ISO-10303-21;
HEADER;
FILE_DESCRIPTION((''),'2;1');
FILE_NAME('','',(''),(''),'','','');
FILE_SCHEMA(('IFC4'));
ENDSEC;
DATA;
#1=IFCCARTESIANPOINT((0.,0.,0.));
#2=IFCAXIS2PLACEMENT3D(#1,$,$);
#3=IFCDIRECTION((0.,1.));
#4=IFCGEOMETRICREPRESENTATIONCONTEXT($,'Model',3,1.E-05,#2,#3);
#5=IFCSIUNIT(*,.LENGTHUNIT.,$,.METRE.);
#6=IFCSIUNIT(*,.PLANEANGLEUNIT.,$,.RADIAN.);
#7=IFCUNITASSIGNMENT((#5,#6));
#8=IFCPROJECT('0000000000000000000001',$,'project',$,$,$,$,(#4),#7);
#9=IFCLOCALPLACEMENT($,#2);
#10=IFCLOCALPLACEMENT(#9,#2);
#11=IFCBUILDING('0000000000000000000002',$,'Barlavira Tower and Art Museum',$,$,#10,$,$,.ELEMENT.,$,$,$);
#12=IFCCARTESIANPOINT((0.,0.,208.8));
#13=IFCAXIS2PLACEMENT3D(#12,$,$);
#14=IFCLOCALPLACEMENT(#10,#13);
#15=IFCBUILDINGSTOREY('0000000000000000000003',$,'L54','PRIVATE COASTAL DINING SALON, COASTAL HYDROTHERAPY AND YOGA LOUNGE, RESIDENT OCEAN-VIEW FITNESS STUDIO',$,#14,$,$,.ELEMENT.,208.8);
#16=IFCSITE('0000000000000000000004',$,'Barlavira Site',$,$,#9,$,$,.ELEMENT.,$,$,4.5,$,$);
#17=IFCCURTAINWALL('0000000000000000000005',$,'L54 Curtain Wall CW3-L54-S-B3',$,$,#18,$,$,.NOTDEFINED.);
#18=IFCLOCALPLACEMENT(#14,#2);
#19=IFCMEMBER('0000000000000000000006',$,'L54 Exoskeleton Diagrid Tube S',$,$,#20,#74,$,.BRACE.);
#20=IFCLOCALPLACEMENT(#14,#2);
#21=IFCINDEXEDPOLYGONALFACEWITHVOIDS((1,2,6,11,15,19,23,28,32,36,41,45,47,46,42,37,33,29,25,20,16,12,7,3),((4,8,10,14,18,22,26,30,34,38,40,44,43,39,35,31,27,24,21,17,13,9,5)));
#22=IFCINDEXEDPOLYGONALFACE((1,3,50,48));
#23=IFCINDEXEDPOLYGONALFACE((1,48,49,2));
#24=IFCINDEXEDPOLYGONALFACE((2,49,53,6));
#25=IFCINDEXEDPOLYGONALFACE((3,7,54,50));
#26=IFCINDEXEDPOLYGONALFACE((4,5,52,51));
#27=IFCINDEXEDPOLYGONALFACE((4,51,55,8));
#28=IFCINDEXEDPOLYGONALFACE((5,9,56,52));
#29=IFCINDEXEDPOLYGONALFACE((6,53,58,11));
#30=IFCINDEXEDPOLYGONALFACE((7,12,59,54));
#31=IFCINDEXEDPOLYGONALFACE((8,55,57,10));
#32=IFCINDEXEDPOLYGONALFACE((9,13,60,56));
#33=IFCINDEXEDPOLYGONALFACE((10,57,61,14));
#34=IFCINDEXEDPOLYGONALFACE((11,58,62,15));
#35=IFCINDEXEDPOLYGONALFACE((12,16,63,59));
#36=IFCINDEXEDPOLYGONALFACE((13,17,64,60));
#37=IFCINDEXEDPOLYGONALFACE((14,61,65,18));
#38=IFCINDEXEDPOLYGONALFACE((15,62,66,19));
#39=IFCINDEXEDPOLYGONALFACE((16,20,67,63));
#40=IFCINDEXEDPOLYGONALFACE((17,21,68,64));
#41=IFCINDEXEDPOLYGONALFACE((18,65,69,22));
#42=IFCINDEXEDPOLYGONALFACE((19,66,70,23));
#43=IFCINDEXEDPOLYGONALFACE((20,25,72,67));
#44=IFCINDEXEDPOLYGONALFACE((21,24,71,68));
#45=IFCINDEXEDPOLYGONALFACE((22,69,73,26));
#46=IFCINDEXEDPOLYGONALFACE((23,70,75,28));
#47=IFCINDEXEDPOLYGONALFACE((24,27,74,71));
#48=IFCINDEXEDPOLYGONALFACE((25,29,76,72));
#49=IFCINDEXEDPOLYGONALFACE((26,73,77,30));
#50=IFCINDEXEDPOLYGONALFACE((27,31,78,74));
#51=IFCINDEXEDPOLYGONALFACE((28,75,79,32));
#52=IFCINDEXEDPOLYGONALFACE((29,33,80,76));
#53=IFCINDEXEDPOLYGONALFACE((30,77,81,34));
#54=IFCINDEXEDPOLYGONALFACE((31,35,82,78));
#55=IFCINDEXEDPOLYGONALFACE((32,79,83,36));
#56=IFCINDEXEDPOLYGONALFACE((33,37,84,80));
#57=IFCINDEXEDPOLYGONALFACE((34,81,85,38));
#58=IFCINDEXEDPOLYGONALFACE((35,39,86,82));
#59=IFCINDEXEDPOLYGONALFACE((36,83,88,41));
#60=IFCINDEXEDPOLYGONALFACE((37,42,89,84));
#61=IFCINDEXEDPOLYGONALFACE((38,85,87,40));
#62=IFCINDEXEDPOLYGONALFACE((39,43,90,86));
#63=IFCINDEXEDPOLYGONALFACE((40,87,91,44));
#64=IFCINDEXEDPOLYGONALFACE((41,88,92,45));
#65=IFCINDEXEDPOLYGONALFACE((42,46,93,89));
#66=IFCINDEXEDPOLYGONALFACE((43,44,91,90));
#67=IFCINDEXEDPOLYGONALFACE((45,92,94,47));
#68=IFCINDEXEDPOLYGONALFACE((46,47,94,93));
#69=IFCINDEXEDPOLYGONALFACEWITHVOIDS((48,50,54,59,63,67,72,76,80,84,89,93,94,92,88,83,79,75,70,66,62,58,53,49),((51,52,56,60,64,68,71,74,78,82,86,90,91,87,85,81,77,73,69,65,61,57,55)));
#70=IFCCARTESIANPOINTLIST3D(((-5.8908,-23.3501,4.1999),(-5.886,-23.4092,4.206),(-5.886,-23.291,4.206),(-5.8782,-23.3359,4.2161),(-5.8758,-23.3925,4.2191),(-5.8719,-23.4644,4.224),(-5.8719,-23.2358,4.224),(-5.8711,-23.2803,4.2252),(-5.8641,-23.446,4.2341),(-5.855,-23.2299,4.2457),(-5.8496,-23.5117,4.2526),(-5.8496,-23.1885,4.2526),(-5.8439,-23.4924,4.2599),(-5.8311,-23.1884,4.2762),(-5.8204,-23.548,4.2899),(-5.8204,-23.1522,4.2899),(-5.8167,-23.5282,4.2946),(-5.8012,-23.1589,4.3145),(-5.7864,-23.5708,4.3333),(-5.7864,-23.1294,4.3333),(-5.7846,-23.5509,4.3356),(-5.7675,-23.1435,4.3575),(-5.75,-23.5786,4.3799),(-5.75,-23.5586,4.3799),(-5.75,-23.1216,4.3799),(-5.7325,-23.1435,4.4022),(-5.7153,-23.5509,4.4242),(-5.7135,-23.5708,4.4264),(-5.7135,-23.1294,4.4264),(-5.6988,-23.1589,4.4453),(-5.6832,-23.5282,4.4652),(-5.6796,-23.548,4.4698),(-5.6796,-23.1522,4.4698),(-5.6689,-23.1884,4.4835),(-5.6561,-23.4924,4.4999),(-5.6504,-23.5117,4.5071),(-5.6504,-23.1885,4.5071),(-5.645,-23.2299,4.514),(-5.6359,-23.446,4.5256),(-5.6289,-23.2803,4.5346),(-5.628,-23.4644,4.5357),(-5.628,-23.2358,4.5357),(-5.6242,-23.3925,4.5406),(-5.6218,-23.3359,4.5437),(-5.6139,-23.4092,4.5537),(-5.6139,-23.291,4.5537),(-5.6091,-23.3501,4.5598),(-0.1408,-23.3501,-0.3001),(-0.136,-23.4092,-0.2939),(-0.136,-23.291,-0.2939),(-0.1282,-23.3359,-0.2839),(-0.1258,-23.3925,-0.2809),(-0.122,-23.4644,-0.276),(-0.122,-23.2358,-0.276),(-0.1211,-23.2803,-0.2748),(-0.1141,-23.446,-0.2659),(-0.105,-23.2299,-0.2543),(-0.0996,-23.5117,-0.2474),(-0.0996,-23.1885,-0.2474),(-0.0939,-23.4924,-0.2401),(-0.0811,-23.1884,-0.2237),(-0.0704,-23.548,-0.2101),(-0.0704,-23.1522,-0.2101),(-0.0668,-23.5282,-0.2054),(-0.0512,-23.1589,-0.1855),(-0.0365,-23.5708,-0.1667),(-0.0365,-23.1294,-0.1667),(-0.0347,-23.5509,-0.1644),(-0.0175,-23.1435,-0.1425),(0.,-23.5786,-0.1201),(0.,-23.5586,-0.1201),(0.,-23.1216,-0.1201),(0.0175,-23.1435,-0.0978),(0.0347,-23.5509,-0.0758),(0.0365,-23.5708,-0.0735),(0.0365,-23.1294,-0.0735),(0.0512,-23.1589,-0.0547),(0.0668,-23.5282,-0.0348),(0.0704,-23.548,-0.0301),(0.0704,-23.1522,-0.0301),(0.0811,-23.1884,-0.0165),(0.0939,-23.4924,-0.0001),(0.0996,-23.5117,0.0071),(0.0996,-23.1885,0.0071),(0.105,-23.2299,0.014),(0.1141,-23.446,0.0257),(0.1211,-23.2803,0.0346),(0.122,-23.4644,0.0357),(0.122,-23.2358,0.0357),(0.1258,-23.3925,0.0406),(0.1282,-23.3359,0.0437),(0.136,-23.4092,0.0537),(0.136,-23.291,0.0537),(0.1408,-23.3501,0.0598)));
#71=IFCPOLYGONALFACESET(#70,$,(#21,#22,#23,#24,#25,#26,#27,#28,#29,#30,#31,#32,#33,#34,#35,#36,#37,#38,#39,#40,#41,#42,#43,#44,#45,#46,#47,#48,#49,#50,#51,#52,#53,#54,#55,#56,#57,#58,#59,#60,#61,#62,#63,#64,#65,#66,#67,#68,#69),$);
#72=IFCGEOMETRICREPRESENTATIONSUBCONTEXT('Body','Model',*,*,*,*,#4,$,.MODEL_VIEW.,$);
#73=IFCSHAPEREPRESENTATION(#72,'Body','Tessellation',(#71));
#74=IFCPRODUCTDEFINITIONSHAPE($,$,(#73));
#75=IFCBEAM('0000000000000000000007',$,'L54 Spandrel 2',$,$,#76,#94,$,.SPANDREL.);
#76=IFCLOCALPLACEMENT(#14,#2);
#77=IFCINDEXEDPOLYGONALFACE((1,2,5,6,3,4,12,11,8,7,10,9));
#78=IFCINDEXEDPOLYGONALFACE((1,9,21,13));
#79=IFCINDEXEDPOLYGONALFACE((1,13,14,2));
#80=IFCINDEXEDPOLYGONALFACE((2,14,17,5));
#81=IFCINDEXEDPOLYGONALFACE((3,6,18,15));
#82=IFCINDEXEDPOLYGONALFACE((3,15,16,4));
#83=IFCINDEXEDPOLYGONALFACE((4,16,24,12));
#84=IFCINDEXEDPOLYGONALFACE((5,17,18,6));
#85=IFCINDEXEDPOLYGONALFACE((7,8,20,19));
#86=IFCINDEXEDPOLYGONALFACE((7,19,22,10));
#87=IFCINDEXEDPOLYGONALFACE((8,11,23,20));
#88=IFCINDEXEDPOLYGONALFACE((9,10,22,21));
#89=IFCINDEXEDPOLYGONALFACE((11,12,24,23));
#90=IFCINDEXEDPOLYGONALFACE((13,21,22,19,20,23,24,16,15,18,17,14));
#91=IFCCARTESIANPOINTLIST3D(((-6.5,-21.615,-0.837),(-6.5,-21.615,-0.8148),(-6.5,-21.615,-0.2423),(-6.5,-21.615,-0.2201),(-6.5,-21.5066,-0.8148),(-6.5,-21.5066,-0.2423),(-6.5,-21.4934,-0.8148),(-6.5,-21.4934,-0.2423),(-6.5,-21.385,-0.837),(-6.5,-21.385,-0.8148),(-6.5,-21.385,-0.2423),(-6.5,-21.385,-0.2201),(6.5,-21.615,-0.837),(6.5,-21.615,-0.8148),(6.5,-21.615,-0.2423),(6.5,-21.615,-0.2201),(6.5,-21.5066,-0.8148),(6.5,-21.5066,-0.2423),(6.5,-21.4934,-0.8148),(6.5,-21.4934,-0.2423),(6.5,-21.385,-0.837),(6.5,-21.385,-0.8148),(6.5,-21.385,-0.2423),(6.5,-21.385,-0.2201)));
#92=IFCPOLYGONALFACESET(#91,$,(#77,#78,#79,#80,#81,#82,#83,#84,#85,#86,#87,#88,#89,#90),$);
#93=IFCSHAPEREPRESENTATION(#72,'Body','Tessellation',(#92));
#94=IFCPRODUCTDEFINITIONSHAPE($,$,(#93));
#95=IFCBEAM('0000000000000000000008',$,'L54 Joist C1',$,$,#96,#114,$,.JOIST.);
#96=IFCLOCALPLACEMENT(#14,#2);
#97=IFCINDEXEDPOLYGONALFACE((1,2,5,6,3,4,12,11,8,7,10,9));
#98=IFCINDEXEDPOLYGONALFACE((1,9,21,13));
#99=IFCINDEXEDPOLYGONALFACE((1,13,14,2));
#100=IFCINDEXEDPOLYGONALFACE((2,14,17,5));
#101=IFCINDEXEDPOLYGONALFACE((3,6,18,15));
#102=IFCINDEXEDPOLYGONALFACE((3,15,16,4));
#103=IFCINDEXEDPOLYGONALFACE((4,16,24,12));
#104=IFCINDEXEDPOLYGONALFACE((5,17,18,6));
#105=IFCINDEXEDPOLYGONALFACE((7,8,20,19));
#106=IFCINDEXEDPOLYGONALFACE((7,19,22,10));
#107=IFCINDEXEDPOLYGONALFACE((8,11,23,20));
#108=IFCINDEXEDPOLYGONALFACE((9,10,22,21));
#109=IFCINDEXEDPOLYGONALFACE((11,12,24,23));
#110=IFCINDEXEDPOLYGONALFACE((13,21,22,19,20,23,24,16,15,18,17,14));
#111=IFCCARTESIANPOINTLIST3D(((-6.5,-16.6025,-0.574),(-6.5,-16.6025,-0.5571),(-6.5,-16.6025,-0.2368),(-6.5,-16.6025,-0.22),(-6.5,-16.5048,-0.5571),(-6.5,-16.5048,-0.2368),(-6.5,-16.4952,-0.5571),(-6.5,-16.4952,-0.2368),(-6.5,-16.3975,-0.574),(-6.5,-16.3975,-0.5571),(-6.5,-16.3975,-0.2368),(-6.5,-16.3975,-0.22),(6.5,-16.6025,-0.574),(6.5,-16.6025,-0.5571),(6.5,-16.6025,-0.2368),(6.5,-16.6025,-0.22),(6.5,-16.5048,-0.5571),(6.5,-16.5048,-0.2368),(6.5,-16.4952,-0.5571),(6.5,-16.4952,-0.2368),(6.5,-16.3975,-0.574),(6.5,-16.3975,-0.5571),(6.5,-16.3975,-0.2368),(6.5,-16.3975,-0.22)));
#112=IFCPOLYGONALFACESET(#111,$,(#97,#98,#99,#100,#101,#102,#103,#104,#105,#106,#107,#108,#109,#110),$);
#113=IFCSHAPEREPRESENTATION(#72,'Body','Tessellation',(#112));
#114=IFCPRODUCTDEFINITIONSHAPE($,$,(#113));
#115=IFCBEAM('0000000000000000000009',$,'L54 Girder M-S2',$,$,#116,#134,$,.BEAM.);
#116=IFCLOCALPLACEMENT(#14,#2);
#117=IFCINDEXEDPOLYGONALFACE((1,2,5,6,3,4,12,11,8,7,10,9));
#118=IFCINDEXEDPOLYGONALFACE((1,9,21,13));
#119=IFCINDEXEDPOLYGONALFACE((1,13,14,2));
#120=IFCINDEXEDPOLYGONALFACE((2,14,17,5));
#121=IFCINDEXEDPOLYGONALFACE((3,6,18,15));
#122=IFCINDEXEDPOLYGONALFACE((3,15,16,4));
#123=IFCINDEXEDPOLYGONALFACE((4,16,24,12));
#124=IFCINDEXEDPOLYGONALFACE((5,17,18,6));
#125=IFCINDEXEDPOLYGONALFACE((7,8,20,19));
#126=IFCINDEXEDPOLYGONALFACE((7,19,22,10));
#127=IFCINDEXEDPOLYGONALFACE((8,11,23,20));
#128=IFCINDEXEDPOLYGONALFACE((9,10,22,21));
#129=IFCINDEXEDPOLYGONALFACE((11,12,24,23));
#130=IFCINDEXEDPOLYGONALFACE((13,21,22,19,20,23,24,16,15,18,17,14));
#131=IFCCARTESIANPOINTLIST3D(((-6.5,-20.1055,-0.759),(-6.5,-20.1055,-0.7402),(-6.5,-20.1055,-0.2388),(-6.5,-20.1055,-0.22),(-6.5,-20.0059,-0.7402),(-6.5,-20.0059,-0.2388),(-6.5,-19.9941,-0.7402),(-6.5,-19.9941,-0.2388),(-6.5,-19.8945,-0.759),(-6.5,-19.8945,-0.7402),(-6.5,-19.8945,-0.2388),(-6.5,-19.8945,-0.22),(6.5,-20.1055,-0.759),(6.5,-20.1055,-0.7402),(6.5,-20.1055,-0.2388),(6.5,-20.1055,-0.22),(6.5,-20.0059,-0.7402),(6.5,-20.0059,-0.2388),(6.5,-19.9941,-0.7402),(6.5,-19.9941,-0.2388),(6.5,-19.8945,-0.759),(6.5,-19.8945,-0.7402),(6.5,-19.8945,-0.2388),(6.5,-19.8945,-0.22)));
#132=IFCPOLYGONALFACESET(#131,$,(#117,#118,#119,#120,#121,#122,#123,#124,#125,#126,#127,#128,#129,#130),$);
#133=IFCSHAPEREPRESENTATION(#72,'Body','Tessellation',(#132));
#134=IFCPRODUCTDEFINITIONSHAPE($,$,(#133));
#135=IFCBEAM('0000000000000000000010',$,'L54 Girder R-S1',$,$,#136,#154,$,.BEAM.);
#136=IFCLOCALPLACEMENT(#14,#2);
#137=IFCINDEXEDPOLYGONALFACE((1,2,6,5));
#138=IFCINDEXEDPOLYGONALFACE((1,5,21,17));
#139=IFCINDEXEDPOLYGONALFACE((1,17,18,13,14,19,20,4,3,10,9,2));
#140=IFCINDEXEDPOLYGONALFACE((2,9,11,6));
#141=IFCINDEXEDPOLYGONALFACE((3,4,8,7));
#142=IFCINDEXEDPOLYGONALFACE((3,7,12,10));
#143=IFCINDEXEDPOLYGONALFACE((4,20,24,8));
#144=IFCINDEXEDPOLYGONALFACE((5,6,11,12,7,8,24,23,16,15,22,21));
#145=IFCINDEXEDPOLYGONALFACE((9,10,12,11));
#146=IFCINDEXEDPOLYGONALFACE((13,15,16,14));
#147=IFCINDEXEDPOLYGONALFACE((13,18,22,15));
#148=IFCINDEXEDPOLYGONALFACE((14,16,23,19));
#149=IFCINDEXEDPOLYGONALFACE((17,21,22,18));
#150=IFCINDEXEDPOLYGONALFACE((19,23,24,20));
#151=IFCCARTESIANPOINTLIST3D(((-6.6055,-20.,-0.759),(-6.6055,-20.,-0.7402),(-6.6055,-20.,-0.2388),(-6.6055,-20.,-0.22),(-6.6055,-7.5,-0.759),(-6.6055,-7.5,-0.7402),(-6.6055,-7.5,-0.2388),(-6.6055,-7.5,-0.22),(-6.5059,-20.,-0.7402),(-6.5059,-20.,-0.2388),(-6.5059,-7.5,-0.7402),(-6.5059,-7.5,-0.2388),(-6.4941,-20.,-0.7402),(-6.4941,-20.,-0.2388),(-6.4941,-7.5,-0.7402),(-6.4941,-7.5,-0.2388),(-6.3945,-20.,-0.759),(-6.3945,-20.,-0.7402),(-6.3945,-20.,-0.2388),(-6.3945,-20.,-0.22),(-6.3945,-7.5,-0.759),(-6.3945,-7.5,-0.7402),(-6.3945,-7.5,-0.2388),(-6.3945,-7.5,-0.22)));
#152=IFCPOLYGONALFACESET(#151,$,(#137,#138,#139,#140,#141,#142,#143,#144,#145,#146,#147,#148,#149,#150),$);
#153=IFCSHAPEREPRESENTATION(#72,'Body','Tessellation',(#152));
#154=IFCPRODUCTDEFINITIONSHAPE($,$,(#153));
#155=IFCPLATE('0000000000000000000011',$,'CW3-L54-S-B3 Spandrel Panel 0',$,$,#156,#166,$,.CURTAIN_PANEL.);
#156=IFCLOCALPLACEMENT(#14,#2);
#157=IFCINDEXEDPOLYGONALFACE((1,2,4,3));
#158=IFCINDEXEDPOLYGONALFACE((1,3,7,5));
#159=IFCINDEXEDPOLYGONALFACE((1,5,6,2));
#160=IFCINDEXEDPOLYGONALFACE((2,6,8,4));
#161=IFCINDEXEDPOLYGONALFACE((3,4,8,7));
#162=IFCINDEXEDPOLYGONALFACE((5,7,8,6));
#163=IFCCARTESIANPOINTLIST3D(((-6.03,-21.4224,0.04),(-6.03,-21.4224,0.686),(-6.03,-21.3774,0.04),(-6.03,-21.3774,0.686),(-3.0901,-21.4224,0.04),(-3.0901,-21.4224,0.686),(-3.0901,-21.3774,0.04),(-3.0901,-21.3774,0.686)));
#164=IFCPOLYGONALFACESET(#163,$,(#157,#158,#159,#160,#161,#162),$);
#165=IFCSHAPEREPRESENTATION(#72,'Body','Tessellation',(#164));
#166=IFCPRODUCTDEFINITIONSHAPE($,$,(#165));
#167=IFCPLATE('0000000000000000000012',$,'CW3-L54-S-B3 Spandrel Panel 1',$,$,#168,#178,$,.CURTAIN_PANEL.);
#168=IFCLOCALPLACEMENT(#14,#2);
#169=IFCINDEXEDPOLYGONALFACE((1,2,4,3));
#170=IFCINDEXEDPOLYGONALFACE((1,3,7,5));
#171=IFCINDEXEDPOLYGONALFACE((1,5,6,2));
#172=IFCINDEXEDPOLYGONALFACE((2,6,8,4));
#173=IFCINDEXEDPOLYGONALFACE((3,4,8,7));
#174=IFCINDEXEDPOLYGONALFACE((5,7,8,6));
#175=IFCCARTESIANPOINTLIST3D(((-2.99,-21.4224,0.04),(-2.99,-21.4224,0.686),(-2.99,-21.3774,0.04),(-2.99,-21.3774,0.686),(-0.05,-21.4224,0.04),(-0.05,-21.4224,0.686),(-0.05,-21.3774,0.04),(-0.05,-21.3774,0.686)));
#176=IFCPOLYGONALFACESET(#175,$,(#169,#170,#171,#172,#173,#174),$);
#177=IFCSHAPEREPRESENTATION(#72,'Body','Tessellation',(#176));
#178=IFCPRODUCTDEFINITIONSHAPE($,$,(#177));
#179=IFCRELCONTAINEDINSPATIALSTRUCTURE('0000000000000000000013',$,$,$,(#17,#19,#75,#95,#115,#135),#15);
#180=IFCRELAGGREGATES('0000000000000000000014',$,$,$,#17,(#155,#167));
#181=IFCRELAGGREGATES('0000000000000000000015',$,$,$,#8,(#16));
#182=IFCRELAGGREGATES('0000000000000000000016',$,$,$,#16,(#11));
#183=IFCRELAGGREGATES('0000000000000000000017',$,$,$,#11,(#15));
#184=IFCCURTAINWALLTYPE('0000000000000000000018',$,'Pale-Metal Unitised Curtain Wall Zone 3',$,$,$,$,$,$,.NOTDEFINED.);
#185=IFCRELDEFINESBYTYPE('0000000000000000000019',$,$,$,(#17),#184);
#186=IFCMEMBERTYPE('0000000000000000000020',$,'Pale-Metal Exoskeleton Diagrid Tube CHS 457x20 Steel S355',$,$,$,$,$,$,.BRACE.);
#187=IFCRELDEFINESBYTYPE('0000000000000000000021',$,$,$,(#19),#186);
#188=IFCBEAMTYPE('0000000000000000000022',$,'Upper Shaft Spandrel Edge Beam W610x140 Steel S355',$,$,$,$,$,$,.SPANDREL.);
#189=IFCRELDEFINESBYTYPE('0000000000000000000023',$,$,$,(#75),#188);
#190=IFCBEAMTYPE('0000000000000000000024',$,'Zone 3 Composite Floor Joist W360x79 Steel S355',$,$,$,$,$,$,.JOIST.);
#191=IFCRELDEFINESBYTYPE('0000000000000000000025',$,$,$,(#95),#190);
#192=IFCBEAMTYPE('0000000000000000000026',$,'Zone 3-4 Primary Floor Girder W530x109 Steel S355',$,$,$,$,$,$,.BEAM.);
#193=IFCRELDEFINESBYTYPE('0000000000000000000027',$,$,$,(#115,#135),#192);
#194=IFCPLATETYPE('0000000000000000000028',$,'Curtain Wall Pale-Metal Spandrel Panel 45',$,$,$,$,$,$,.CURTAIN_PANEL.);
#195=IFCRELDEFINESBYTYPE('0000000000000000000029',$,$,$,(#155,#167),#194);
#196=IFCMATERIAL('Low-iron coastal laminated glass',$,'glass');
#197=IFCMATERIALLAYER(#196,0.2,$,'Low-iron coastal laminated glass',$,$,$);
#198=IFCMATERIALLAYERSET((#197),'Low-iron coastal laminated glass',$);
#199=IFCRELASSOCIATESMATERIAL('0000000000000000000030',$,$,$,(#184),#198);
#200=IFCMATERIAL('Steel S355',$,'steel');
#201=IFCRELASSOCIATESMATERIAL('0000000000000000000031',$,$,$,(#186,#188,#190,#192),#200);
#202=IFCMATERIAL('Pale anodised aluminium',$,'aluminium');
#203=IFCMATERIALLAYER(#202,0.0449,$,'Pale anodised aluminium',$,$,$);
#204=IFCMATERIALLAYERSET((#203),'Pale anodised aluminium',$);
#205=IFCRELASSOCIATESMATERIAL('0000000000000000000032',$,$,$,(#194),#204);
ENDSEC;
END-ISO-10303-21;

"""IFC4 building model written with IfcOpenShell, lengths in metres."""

from ifc_helpers import new_model, si_unit, direction, frame, origin, origin_2d, place, context, subcontext, project, spatial, rectangle, hollow_circle, i_section, extrude, material, layer, layer_set, material_profile, profile_set, type_object, element, aggregate, save


model = new_model("IFC4")

# Units and contexts
model_context = context("Model", 3, precision=1e-05, world=origin(), true_north=direction((0.0, 1.0)))
body_context = subcontext(model_context, "Body", "Model", "MODEL_VIEW")
ifc_project = project(units=[si_unit("LENGTHUNIT", "METRE"), si_unit("PLANEANGLEUNIT", "RADIAN")], contexts=[model_context])

# Site, building, storey
site_placement = place(None, origin())
site = spatial("IfcSite", under=ifc_project, at=site_placement, Name="Barlavira Site", CompositionType="ELEMENT", RefElevation=4.5)
building_placement = place(site_placement, origin())
building = spatial("IfcBuilding", under=site, at=building_placement, Name="Barlavira Tower and Art Museum", CompositionType="ELEMENT")
storey_placement = place(building_placement, frame((0.0, 0.0, 208.8)))
storey = spatial("IfcBuildingStorey", under=building, at=storey_placement, Name="L54", Description="PRIVATE COASTAL DINING SALON, COASTAL HYDROTHERAPY AND YOGA LOUNGE, RESIDENT OCEAN-VIEW FITNESS STUDIO", CompositionType="ELEMENT", Elevation=208.8)

# Curtain wall
ifc_material_1 = material(Name="Low-iron coastal laminated glass", Category="glass")
ifc_layer_1 = layer(ifc_material_1, 0.2, Name="Low-iron coastal laminated glass")
ifc_layer_set_1 = layer_set([ifc_layer_1], Name="Low-iron coastal laminated glass")
curtain_wall_type = type_object("IfcCurtainWallType", Name="Pale-Metal Unitised Curtain Wall Zone 3", PredefinedType="NOTDEFINED", material=ifc_layer_set_1)
curtain_wall_placement = place(storey_placement, origin())
curtain_wall = element("IfcCurtainWall", 1, at=curtain_wall_placement, inside=storey, type_object=curtain_wall_type, Name="L54 Curtain Wall CW3-L54-S-B3", PredefinedType="NOTDEFINED")
ifc_material_2 = material(Name="Pale anodised aluminium", Category="aluminium")

# Member
ifc_material_3 = material(Name="Steel S355", Category="steel")
ifc_material_profile_1 = material_profile(ifc_material_3, hollow_circle(Radius=0.2285, WallThickness=0.02, at=origin_2d()), Name="CHS 457.0x20.0")
ifc_profile_set_1 = profile_set([ifc_material_profile_1], Name="Steel S355")
member_type_1 = type_object("IfcMemberType", Name="Pale-Metal Exoskeleton Diagrid Tube CHS 457x20 Steel S355", PredefinedType="BRACE", material=ifc_profile_set_1)
member_1_placement = place(storey_placement, frame((0.0, -23.3501, -0.1201), z_axis=(-0.787505, 0.0, 0.616308), x_axis=(0.0, -1.0, 0.0)))
element("IfcMember", 2, at=member_1_placement, inside=storey, type_object=member_type_1, Name="L54 Exoskeleton Diagrid Tube S", PredefinedType="BRACE", context=body_context, shape_type="SweptSolid", body=[
    extrude(hollow_circle(Radius=0.2285, WallThickness=0.02, at=origin_2d()), origin(), (0.0, 0.0, 1.0), 7.3015),
])

# Beams
ifc_material_profile_2 = material_profile(ifc_material_3, i_section(OverallWidth=0.23, OverallDepth=0.6169, WebThickness=0.0132, FlangeThickness=0.0222, at=origin_2d()), Name="W610x140.0")
ifc_profile_set_2 = profile_set([ifc_material_profile_2], Name="Steel S355")
beam_type_1 = type_object("IfcBeamType", Name="Upper Shaft Spandrel Edge Beam W610x140 Steel S355", PredefinedType="SPANDREL", material=ifc_profile_set_2)
beam_1_placement = place(storey_placement, frame((-6.5, -21.5, -0.5286), z_axis=(1.0, 0.0, 0.0), x_axis=(0.0, 1.0, 0.0)))
element("IfcBeam", 3, at=beam_1_placement, inside=storey, type_object=beam_type_1, Name="L54 Spandrel 2", PredefinedType="SPANDREL", context=body_context, shape_type="SweptSolid", body=[
    extrude(i_section(OverallWidth=0.23, OverallDepth=0.6169, WebThickness=0.0132, FlangeThickness=0.0222, at=origin_2d()), origin(), (0.0, 0.0, 1.0), 13.0),
])
ifc_material_profile_3 = material_profile(ifc_material_3, i_section(OverallWidth=0.2051, OverallDepth=0.354, WebThickness=0.0095, FlangeThickness=0.0168, at=origin_2d()), Name="W360x79.0")
ifc_profile_set_3 = profile_set([ifc_material_profile_3], Name="Steel S355")
beam_type_2 = type_object("IfcBeamType", Name="Zone 3 Composite Floor Joist W360x79 Steel S355", PredefinedType="JOIST", material=ifc_profile_set_3)
beam_2_placement = place(storey_placement, frame((-6.5, -16.5, -0.397), z_axis=(1.0, 0.0, 0.0), x_axis=(0.0, 1.0, 0.0)))
element("IfcBeam", 4, at=beam_2_placement, inside=storey, type_object=beam_type_2, Name="L54 Joist C1", PredefinedType="JOIST", context=body_context, shape_type="SweptSolid", body=[
    extrude(i_section(OverallWidth=0.2051, OverallDepth=0.354, WebThickness=0.0095, FlangeThickness=0.0168, at=origin_2d()), origin(), (0.0, 0.0, 1.0), 13.0),
])
ifc_material_profile_4 = material_profile(ifc_material_3, i_section(OverallWidth=0.2109, OverallDepth=0.5391, WebThickness=0.0117, FlangeThickness=0.0188, at=origin_2d()), Name="W530x109.0")
ifc_profile_set_4 = profile_set([ifc_material_profile_4], Name="Steel S355")
beam_type_3 = type_object("IfcBeamType", Name="Zone 3-4 Primary Floor Girder W530x109 Steel S355", PredefinedType="BEAM", material=ifc_profile_set_4)
beam_3_placement = place(storey_placement, frame((-6.5, -20.0, -0.4895), z_axis=(1.0, 0.0, 0.0), x_axis=(0.0, 1.0, 0.0)))
element("IfcBeam", 5, at=beam_3_placement, inside=storey, type_object=beam_type_3, Name="L54 Girder M-S2", PredefinedType="BEAM", context=body_context, shape_type="SweptSolid", body=[
    extrude(i_section(OverallWidth=0.2109, OverallDepth=0.5391, WebThickness=0.0117, FlangeThickness=0.0188, at=origin_2d()), origin(), (0.0, 0.0, 1.0), 13.0),
])
beam_4_placement = place(storey_placement, frame((-6.5, -20.0, -0.4895), z_axis=(0.0, 1.0, 0.0), x_axis=(-1.0, 0.0, 0.0)))
element("IfcBeam", 6, at=beam_4_placement, inside=storey, type_object=beam_type_3, Name="L54 Girder R-S1", PredefinedType="BEAM", context=body_context, shape_type="SweptSolid", body=[
    extrude(i_section(OverallWidth=0.2109, OverallDepth=0.5391, WebThickness=0.0117, FlangeThickness=0.0188, at=origin_2d()), origin(), (0.0, 0.0, 1.0), 12.5),
])

# Plates
ifc_layer_2 = layer(ifc_material_2, 0.0449, Name="Pale anodised aluminium")
ifc_layer_set_2 = layer_set([ifc_layer_2], Name="Pale anodised aluminium")
plate_type_1 = type_object("IfcPlateType", Name="Curtain Wall Pale-Metal Spandrel Panel 45", PredefinedType="CURTAIN_PANEL", material=ifc_layer_set_2)
plate_1_placement = place(storey_placement, frame((-4.5601, -21.3999, 0.04), z_axis=(0.0, 0.0, 1.0), x_axis=(1.0, 0.0, 0.0)))
plate_1 = element("IfcPlate", 7, at=plate_1_placement, type_object=plate_type_1, Name="CW3-L54-S-B3 Spandrel Panel 0", PredefinedType="CURTAIN_PANEL", context=body_context, shape_type="SweptSolid", body=[
    extrude(rectangle(XDim=2.9399, YDim=0.0449, at=origin_2d()), origin(), (0.0, 0.0, 1.0), 0.646),
])
plate_2_placement = place(storey_placement, frame((-1.52, -21.3999, 0.04), z_axis=(0.0, 0.0, 1.0), x_axis=(1.0, 0.0, 0.0)))
plate_2 = element("IfcPlate", 8, at=plate_2_placement, type_object=plate_type_1, Name="CW3-L54-S-B3 Spandrel Panel 1", PredefinedType="CURTAIN_PANEL", context=body_context, shape_type="SweptSolid", body=[
    extrude(rectangle(XDim=2.9399, YDim=0.0449, at=origin_2d()), origin(), (0.0, 0.0, 1.0), 0.646),
])
aggregate(curtain_wall, [plate_1, plate_2])

save(model, "model.ifc")
